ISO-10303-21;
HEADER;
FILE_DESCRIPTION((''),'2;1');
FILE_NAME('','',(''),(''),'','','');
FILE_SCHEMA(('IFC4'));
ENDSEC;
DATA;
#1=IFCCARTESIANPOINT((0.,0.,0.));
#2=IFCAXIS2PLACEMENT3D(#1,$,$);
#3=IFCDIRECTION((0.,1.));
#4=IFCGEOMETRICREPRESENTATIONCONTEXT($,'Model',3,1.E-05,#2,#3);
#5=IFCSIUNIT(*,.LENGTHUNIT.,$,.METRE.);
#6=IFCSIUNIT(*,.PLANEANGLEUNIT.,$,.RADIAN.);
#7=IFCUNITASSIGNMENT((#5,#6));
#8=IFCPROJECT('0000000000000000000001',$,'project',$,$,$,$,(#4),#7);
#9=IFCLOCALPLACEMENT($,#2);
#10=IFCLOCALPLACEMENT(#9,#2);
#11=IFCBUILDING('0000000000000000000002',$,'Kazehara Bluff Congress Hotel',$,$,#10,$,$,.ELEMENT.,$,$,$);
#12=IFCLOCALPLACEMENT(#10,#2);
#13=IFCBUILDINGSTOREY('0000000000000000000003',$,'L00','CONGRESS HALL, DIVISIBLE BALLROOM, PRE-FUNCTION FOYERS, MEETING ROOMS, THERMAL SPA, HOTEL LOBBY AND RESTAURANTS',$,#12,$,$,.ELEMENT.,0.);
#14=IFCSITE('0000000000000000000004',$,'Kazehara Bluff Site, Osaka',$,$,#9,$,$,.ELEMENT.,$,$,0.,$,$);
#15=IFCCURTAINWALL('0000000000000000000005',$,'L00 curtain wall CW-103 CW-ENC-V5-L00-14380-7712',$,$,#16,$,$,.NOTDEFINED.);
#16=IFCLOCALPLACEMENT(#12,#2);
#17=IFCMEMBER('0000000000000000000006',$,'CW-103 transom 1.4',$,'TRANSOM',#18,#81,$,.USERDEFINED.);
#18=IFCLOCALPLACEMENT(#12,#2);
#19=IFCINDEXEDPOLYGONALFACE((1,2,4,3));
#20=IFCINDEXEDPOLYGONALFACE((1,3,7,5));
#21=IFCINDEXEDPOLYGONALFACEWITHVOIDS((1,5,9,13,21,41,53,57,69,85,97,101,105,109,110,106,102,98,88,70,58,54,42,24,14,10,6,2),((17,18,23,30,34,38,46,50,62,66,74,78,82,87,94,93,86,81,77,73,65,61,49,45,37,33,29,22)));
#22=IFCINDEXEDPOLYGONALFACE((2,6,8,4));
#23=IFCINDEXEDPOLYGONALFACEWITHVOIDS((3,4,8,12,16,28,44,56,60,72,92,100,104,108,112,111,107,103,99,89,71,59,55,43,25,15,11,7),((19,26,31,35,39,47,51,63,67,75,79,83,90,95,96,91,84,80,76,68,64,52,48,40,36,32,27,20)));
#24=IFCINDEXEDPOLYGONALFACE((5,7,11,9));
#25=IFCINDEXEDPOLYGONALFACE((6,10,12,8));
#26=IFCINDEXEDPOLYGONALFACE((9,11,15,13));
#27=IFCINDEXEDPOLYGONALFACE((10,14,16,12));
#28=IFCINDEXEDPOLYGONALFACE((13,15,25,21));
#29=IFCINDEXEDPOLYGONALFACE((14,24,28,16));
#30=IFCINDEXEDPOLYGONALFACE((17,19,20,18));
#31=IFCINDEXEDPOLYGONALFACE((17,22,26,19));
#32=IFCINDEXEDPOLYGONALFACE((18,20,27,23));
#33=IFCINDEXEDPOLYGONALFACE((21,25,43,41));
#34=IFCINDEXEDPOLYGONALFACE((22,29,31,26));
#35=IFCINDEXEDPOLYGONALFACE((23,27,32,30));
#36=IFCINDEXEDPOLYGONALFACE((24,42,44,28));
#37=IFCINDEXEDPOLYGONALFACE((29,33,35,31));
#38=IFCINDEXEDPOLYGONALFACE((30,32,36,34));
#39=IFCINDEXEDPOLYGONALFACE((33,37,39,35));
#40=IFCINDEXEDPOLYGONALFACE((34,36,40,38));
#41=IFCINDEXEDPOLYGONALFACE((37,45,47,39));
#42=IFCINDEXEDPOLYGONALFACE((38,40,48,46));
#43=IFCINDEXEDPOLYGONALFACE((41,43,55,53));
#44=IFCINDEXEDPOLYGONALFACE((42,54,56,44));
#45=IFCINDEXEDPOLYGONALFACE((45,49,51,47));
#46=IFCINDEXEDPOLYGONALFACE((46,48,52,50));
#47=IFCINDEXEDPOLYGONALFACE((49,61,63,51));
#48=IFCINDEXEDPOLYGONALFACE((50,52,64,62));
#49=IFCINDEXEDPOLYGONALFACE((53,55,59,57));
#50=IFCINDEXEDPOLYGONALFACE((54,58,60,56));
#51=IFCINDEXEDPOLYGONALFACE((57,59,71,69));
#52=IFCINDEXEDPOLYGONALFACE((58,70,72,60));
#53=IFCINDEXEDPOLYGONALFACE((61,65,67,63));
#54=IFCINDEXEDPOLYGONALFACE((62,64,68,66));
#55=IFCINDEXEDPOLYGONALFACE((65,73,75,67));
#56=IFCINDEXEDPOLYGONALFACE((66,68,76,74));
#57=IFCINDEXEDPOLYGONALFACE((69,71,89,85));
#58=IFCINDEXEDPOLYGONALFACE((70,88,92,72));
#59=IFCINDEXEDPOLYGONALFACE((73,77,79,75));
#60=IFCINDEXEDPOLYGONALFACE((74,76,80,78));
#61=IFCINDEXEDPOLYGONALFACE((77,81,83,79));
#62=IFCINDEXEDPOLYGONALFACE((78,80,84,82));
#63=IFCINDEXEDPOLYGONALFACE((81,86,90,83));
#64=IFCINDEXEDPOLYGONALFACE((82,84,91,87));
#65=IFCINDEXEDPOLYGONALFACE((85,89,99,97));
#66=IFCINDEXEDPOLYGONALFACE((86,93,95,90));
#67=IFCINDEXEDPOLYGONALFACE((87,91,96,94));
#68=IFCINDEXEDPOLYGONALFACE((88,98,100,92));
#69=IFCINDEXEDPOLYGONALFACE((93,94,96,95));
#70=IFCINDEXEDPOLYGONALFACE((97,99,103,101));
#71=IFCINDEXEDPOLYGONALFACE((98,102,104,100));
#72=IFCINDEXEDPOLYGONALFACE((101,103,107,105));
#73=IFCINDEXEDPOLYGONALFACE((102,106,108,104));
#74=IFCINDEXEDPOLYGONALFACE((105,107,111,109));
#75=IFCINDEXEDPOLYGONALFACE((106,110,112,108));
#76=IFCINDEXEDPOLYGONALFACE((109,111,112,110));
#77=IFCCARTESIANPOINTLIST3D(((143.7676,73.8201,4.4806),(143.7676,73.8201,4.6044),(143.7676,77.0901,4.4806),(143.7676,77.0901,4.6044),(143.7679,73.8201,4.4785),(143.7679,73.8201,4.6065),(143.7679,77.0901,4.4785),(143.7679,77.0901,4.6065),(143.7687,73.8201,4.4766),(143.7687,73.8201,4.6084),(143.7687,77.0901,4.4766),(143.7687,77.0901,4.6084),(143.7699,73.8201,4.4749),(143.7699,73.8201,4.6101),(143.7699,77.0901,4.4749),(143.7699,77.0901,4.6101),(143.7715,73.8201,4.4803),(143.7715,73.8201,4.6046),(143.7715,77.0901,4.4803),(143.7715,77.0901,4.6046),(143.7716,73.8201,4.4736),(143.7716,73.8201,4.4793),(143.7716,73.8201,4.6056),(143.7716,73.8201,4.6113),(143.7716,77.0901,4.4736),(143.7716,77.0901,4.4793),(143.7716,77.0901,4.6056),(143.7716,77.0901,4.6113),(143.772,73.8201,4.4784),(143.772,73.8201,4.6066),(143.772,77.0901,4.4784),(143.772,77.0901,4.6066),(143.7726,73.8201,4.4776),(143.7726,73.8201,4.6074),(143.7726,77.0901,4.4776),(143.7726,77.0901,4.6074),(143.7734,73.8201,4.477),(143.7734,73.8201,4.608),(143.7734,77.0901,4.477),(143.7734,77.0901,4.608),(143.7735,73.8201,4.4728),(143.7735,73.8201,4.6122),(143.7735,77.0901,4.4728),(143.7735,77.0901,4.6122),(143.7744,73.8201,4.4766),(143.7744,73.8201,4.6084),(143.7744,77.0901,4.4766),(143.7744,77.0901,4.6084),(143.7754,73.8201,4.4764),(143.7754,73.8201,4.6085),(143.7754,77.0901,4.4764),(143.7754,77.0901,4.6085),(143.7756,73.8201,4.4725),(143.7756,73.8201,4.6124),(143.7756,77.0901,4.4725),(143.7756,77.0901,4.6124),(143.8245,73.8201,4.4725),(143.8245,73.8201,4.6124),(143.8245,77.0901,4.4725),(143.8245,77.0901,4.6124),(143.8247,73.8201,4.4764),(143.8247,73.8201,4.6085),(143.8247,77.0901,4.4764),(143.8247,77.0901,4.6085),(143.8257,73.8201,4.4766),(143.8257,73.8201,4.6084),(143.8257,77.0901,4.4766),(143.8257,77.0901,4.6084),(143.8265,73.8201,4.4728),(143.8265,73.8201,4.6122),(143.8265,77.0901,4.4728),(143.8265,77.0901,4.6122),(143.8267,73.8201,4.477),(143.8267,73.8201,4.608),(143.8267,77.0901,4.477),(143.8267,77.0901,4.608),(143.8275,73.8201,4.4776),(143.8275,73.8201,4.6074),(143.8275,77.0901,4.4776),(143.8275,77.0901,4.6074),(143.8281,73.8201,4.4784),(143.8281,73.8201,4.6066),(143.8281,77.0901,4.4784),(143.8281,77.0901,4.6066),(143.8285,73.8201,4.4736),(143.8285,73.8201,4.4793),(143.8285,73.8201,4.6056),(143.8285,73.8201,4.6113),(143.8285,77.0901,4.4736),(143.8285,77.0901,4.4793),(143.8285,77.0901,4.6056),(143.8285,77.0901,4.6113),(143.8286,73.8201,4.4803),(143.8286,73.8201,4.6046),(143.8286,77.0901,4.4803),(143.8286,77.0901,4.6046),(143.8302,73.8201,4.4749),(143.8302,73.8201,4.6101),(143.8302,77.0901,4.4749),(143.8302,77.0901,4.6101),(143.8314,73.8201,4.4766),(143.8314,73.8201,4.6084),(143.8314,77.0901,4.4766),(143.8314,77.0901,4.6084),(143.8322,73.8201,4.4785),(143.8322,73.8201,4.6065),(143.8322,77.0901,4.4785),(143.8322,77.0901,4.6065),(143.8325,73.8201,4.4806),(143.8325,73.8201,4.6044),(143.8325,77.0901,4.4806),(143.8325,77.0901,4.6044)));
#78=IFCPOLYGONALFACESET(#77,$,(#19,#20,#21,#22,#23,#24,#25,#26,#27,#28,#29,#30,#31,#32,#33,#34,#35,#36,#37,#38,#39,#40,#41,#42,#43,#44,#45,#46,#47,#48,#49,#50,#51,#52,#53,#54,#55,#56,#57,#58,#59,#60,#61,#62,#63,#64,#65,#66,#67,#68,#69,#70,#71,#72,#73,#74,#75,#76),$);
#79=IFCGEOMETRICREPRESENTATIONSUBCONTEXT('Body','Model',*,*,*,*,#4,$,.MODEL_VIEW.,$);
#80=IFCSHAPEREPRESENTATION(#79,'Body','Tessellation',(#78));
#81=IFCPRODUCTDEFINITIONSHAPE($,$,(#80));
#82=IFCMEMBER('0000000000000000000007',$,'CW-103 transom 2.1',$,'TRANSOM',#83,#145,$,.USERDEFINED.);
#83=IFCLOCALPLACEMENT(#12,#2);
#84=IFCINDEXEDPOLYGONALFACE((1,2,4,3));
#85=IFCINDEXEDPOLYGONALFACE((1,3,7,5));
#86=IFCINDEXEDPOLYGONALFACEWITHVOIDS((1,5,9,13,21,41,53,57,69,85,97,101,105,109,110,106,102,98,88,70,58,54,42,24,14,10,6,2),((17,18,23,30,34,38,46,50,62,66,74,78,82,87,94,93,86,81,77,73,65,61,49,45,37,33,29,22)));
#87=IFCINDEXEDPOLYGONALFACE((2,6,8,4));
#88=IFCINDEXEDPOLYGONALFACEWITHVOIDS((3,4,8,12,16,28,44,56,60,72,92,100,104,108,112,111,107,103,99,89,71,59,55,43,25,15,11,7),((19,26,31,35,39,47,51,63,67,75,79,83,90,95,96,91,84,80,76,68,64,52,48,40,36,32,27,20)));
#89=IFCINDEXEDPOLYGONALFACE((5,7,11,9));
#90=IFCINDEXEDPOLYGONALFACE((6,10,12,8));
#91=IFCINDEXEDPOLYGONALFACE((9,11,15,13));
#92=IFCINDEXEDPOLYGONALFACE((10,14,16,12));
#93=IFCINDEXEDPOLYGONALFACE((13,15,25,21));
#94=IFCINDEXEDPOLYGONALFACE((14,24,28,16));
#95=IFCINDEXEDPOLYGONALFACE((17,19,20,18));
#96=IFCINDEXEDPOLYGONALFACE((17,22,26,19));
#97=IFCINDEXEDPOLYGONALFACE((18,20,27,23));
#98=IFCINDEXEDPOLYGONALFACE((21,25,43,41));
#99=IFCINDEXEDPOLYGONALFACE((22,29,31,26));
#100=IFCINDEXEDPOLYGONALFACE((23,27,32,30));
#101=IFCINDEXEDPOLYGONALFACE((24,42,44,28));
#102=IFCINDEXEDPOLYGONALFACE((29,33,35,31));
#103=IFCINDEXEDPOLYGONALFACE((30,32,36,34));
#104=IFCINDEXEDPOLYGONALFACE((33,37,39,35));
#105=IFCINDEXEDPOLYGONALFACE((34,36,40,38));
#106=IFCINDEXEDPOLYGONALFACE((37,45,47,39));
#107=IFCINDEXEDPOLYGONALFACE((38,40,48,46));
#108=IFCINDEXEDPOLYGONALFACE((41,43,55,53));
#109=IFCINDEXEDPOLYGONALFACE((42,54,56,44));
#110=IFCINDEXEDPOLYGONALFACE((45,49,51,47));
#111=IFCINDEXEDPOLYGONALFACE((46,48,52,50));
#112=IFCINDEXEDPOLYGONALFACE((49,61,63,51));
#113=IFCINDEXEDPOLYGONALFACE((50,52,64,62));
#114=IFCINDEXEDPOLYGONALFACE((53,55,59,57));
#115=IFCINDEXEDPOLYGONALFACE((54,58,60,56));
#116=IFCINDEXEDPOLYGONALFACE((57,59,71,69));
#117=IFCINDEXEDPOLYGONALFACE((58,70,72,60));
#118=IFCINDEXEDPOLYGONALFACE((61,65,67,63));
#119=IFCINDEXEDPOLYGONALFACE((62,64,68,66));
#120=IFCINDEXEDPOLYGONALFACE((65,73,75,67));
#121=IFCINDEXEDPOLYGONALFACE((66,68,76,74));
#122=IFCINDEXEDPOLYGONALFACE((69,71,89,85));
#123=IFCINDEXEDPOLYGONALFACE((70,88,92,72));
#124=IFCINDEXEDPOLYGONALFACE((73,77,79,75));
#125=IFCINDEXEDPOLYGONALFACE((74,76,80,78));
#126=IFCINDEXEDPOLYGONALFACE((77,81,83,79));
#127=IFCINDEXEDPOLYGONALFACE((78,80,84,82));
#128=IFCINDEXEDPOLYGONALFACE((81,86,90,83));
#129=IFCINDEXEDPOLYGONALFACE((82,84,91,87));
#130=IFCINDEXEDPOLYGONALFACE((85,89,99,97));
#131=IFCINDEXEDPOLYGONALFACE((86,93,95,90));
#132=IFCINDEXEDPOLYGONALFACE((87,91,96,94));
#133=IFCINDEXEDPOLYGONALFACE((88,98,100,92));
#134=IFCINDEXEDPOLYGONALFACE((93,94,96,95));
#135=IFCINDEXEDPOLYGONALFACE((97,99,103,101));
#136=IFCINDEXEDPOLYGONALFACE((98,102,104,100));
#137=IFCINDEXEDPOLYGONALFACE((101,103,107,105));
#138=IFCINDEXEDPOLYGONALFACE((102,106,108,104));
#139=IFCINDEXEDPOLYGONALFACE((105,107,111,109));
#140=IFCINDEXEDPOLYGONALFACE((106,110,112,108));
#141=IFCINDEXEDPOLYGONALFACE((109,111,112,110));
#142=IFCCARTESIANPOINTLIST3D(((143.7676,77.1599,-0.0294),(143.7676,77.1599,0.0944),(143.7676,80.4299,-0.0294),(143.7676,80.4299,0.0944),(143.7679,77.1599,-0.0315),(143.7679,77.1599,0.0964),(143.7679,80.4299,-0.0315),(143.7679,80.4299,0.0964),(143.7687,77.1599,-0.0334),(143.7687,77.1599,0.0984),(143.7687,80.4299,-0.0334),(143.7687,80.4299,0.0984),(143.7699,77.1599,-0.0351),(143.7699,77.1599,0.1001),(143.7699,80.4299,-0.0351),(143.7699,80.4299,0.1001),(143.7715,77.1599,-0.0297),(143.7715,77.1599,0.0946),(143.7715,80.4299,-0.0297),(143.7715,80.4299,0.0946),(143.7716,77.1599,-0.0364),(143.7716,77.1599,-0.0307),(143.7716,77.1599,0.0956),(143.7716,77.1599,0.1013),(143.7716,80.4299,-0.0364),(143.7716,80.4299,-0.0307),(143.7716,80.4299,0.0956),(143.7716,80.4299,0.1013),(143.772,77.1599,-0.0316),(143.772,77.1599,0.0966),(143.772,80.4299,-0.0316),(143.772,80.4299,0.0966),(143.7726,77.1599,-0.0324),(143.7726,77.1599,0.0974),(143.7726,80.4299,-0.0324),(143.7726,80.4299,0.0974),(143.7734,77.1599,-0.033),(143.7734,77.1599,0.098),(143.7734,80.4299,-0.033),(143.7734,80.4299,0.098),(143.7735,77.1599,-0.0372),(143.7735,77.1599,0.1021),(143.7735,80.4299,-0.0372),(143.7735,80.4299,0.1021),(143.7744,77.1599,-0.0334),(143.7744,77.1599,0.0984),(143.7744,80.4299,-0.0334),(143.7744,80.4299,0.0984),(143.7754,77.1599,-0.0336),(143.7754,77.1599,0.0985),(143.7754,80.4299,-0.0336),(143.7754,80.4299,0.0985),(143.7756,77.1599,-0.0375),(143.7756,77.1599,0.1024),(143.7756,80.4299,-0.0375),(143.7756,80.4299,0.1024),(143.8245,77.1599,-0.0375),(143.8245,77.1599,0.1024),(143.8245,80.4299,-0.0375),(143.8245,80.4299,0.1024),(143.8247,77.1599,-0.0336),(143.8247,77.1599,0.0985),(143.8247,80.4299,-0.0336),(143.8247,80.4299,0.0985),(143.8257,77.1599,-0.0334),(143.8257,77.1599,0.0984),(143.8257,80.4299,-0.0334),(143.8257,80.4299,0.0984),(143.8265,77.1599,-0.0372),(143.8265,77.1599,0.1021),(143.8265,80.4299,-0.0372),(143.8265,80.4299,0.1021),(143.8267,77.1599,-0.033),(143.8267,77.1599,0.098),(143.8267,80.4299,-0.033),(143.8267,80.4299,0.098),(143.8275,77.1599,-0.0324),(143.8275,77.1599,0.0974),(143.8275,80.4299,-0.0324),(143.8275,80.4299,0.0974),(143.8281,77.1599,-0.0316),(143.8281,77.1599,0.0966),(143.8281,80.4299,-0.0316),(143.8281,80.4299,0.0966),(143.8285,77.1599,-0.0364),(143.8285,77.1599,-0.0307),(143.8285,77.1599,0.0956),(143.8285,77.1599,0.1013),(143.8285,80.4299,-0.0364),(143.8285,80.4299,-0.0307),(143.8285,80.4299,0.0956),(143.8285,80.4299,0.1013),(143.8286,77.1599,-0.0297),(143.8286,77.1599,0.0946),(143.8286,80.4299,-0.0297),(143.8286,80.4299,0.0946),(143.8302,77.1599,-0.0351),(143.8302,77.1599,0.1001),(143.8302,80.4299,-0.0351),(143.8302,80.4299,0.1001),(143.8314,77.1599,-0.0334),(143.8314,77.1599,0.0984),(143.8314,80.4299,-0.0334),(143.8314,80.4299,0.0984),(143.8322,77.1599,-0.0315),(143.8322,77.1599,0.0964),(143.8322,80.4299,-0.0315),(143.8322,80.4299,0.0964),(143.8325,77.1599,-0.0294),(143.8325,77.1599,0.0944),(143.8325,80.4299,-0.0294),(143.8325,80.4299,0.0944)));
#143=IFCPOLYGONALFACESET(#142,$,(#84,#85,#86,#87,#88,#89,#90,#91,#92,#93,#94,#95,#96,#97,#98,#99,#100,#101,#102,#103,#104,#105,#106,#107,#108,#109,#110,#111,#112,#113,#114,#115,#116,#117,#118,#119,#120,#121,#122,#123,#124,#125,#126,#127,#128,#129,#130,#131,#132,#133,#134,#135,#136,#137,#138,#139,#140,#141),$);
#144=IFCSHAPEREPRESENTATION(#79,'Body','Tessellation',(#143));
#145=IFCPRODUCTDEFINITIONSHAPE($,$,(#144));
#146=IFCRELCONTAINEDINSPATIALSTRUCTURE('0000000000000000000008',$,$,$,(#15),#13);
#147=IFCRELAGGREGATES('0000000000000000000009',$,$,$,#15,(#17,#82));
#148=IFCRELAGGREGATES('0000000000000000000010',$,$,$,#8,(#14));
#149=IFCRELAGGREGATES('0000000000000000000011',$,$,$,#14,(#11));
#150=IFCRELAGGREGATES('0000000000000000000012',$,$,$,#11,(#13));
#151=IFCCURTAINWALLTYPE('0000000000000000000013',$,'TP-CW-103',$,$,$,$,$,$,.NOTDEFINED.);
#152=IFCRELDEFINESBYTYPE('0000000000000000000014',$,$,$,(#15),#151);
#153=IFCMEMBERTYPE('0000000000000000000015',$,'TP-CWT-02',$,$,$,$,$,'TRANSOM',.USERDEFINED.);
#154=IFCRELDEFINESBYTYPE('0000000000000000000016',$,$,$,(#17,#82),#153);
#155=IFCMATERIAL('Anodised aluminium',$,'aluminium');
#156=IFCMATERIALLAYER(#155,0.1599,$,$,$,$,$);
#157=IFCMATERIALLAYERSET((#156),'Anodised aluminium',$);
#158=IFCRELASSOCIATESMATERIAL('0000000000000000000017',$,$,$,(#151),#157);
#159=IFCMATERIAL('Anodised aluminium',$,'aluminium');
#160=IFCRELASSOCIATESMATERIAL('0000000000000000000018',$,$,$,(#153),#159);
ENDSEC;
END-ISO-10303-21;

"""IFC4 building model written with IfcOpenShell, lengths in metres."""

from ifc_helpers import new_model, si_unit, direction, frame, origin, origin_2d, place, context, subcontext, project, spatial, hollow_rectangle, extrude, material, layer, layer_set, material_profile, profile_set, type_object, element, aggregate, save


model = new_model("IFC4")

# Units and contexts
model_context = context("Model", 3, precision=1e-05, world=origin(), true_north=direction((0.0, 1.0)))
body_context = subcontext(model_context, "Body", "Model", "MODEL_VIEW")
ifc_project = project(units=[si_unit("LENGTHUNIT", "METRE"), si_unit("PLANEANGLEUNIT", "RADIAN")], contexts=[model_context])

# Site, building, storey
site_placement = place(None, origin())
site = spatial("IfcSite", under=ifc_project, at=site_placement, Name="Kazehara Bluff Site, Osaka", CompositionType="ELEMENT", RefElevation=0.0)
building_placement = place(site_placement, origin())
building = spatial("IfcBuilding", under=site, at=building_placement, Name="Kazehara Bluff Congress Hotel", CompositionType="ELEMENT")
storey_placement = place(building_placement, origin())
storey = spatial("IfcBuildingStorey", under=building, at=storey_placement, Name="L00", Description="CONGRESS HALL, DIVISIBLE BALLROOM, PRE-FUNCTION FOYERS, MEETING ROOMS, THERMAL SPA, HOTEL LOBBY AND RESTAURANTS", CompositionType="ELEMENT", Elevation=0.0)

# Curtain wall, members
ifc_material_1 = material(Name="Anodised aluminium", Category="aluminium")
ifc_layer_1 = layer(ifc_material_1, 0.1599)
ifc_layer_set_1 = layer_set([ifc_layer_1], Name="Anodised aluminium")
curtain_wall_type = type_object("IfcCurtainWallType", Name="TP-CW-103", PredefinedType="NOTDEFINED", material=ifc_layer_set_1)
curtain_wall_placement = place(storey_placement, origin())
curtain_wall = element("IfcCurtainWall", 1, at=curtain_wall_placement, inside=storey, type_object=curtain_wall_type, Name="L00 curtain wall CW-103 CW-ENC-V5-L00-14380-7712", PredefinedType="NOTDEFINED")
ifc_material_2 = material(Name="Anodised aluminium", Category="aluminium")
ifc_material_profile_1 = material_profile(ifc_material_2, hollow_rectangle(XDim=0.0649, YDim=0.1399, WallThickness=0.0039, InnerFilletRadius=0.0039, OuterFilletRadius=0.0081, at=origin_2d()))
ifc_profile_set_1 = profile_set([ifc_material_profile_1], Name="Anodised aluminium")
member_type_1 = type_object("IfcMemberType", Name="TP-CWT-02", ElementType="TRANSOM", PredefinedType="USERDEFINED", material=ifc_profile_set_1)
member_1_placement = place(storey_placement, frame((143.8, 73.8201, 4.5425), z_axis=(0.0, 1.0, 0.0), x_axis=(-1.0, 0.0, 0.0)))
member_1 = element("IfcMember", 2, at=member_1_placement, type_object=member_type_1, Name="CW-103 transom 1.4", ObjectType="TRANSOM", PredefinedType="USERDEFINED", context=body_context, shape_type="SweptSolid", body=[
    extrude(hollow_rectangle(XDim=0.0649, YDim=0.1399, WallThickness=0.0039, InnerFilletRadius=0.0039, OuterFilletRadius=0.0081, at=origin_2d()), origin(), (0.0, 0.0, 1.0), 3.27),
])
member_2_placement = place(storey_placement, frame((143.8, 77.1599, 0.0325), z_axis=(0.0, 1.0, 0.0), x_axis=(-1.0, 0.0, 0.0)))
member_2 = element("IfcMember", 3, at=member_2_placement, type_object=member_type_1, Name="CW-103 transom 2.1", ObjectType="TRANSOM", PredefinedType="USERDEFINED", context=body_context, shape_type="SweptSolid", body=[
    extrude(hollow_rectangle(XDim=0.0649, YDim=0.1399, WallThickness=0.0039, InnerFilletRadius=0.0039, OuterFilletRadius=0.0081, at=origin_2d()), origin(), (0.0, 0.0, 1.0), 3.27),
])

aggregate(curtain_wall, [member_1, member_2])

save(model, "model.ifc")
